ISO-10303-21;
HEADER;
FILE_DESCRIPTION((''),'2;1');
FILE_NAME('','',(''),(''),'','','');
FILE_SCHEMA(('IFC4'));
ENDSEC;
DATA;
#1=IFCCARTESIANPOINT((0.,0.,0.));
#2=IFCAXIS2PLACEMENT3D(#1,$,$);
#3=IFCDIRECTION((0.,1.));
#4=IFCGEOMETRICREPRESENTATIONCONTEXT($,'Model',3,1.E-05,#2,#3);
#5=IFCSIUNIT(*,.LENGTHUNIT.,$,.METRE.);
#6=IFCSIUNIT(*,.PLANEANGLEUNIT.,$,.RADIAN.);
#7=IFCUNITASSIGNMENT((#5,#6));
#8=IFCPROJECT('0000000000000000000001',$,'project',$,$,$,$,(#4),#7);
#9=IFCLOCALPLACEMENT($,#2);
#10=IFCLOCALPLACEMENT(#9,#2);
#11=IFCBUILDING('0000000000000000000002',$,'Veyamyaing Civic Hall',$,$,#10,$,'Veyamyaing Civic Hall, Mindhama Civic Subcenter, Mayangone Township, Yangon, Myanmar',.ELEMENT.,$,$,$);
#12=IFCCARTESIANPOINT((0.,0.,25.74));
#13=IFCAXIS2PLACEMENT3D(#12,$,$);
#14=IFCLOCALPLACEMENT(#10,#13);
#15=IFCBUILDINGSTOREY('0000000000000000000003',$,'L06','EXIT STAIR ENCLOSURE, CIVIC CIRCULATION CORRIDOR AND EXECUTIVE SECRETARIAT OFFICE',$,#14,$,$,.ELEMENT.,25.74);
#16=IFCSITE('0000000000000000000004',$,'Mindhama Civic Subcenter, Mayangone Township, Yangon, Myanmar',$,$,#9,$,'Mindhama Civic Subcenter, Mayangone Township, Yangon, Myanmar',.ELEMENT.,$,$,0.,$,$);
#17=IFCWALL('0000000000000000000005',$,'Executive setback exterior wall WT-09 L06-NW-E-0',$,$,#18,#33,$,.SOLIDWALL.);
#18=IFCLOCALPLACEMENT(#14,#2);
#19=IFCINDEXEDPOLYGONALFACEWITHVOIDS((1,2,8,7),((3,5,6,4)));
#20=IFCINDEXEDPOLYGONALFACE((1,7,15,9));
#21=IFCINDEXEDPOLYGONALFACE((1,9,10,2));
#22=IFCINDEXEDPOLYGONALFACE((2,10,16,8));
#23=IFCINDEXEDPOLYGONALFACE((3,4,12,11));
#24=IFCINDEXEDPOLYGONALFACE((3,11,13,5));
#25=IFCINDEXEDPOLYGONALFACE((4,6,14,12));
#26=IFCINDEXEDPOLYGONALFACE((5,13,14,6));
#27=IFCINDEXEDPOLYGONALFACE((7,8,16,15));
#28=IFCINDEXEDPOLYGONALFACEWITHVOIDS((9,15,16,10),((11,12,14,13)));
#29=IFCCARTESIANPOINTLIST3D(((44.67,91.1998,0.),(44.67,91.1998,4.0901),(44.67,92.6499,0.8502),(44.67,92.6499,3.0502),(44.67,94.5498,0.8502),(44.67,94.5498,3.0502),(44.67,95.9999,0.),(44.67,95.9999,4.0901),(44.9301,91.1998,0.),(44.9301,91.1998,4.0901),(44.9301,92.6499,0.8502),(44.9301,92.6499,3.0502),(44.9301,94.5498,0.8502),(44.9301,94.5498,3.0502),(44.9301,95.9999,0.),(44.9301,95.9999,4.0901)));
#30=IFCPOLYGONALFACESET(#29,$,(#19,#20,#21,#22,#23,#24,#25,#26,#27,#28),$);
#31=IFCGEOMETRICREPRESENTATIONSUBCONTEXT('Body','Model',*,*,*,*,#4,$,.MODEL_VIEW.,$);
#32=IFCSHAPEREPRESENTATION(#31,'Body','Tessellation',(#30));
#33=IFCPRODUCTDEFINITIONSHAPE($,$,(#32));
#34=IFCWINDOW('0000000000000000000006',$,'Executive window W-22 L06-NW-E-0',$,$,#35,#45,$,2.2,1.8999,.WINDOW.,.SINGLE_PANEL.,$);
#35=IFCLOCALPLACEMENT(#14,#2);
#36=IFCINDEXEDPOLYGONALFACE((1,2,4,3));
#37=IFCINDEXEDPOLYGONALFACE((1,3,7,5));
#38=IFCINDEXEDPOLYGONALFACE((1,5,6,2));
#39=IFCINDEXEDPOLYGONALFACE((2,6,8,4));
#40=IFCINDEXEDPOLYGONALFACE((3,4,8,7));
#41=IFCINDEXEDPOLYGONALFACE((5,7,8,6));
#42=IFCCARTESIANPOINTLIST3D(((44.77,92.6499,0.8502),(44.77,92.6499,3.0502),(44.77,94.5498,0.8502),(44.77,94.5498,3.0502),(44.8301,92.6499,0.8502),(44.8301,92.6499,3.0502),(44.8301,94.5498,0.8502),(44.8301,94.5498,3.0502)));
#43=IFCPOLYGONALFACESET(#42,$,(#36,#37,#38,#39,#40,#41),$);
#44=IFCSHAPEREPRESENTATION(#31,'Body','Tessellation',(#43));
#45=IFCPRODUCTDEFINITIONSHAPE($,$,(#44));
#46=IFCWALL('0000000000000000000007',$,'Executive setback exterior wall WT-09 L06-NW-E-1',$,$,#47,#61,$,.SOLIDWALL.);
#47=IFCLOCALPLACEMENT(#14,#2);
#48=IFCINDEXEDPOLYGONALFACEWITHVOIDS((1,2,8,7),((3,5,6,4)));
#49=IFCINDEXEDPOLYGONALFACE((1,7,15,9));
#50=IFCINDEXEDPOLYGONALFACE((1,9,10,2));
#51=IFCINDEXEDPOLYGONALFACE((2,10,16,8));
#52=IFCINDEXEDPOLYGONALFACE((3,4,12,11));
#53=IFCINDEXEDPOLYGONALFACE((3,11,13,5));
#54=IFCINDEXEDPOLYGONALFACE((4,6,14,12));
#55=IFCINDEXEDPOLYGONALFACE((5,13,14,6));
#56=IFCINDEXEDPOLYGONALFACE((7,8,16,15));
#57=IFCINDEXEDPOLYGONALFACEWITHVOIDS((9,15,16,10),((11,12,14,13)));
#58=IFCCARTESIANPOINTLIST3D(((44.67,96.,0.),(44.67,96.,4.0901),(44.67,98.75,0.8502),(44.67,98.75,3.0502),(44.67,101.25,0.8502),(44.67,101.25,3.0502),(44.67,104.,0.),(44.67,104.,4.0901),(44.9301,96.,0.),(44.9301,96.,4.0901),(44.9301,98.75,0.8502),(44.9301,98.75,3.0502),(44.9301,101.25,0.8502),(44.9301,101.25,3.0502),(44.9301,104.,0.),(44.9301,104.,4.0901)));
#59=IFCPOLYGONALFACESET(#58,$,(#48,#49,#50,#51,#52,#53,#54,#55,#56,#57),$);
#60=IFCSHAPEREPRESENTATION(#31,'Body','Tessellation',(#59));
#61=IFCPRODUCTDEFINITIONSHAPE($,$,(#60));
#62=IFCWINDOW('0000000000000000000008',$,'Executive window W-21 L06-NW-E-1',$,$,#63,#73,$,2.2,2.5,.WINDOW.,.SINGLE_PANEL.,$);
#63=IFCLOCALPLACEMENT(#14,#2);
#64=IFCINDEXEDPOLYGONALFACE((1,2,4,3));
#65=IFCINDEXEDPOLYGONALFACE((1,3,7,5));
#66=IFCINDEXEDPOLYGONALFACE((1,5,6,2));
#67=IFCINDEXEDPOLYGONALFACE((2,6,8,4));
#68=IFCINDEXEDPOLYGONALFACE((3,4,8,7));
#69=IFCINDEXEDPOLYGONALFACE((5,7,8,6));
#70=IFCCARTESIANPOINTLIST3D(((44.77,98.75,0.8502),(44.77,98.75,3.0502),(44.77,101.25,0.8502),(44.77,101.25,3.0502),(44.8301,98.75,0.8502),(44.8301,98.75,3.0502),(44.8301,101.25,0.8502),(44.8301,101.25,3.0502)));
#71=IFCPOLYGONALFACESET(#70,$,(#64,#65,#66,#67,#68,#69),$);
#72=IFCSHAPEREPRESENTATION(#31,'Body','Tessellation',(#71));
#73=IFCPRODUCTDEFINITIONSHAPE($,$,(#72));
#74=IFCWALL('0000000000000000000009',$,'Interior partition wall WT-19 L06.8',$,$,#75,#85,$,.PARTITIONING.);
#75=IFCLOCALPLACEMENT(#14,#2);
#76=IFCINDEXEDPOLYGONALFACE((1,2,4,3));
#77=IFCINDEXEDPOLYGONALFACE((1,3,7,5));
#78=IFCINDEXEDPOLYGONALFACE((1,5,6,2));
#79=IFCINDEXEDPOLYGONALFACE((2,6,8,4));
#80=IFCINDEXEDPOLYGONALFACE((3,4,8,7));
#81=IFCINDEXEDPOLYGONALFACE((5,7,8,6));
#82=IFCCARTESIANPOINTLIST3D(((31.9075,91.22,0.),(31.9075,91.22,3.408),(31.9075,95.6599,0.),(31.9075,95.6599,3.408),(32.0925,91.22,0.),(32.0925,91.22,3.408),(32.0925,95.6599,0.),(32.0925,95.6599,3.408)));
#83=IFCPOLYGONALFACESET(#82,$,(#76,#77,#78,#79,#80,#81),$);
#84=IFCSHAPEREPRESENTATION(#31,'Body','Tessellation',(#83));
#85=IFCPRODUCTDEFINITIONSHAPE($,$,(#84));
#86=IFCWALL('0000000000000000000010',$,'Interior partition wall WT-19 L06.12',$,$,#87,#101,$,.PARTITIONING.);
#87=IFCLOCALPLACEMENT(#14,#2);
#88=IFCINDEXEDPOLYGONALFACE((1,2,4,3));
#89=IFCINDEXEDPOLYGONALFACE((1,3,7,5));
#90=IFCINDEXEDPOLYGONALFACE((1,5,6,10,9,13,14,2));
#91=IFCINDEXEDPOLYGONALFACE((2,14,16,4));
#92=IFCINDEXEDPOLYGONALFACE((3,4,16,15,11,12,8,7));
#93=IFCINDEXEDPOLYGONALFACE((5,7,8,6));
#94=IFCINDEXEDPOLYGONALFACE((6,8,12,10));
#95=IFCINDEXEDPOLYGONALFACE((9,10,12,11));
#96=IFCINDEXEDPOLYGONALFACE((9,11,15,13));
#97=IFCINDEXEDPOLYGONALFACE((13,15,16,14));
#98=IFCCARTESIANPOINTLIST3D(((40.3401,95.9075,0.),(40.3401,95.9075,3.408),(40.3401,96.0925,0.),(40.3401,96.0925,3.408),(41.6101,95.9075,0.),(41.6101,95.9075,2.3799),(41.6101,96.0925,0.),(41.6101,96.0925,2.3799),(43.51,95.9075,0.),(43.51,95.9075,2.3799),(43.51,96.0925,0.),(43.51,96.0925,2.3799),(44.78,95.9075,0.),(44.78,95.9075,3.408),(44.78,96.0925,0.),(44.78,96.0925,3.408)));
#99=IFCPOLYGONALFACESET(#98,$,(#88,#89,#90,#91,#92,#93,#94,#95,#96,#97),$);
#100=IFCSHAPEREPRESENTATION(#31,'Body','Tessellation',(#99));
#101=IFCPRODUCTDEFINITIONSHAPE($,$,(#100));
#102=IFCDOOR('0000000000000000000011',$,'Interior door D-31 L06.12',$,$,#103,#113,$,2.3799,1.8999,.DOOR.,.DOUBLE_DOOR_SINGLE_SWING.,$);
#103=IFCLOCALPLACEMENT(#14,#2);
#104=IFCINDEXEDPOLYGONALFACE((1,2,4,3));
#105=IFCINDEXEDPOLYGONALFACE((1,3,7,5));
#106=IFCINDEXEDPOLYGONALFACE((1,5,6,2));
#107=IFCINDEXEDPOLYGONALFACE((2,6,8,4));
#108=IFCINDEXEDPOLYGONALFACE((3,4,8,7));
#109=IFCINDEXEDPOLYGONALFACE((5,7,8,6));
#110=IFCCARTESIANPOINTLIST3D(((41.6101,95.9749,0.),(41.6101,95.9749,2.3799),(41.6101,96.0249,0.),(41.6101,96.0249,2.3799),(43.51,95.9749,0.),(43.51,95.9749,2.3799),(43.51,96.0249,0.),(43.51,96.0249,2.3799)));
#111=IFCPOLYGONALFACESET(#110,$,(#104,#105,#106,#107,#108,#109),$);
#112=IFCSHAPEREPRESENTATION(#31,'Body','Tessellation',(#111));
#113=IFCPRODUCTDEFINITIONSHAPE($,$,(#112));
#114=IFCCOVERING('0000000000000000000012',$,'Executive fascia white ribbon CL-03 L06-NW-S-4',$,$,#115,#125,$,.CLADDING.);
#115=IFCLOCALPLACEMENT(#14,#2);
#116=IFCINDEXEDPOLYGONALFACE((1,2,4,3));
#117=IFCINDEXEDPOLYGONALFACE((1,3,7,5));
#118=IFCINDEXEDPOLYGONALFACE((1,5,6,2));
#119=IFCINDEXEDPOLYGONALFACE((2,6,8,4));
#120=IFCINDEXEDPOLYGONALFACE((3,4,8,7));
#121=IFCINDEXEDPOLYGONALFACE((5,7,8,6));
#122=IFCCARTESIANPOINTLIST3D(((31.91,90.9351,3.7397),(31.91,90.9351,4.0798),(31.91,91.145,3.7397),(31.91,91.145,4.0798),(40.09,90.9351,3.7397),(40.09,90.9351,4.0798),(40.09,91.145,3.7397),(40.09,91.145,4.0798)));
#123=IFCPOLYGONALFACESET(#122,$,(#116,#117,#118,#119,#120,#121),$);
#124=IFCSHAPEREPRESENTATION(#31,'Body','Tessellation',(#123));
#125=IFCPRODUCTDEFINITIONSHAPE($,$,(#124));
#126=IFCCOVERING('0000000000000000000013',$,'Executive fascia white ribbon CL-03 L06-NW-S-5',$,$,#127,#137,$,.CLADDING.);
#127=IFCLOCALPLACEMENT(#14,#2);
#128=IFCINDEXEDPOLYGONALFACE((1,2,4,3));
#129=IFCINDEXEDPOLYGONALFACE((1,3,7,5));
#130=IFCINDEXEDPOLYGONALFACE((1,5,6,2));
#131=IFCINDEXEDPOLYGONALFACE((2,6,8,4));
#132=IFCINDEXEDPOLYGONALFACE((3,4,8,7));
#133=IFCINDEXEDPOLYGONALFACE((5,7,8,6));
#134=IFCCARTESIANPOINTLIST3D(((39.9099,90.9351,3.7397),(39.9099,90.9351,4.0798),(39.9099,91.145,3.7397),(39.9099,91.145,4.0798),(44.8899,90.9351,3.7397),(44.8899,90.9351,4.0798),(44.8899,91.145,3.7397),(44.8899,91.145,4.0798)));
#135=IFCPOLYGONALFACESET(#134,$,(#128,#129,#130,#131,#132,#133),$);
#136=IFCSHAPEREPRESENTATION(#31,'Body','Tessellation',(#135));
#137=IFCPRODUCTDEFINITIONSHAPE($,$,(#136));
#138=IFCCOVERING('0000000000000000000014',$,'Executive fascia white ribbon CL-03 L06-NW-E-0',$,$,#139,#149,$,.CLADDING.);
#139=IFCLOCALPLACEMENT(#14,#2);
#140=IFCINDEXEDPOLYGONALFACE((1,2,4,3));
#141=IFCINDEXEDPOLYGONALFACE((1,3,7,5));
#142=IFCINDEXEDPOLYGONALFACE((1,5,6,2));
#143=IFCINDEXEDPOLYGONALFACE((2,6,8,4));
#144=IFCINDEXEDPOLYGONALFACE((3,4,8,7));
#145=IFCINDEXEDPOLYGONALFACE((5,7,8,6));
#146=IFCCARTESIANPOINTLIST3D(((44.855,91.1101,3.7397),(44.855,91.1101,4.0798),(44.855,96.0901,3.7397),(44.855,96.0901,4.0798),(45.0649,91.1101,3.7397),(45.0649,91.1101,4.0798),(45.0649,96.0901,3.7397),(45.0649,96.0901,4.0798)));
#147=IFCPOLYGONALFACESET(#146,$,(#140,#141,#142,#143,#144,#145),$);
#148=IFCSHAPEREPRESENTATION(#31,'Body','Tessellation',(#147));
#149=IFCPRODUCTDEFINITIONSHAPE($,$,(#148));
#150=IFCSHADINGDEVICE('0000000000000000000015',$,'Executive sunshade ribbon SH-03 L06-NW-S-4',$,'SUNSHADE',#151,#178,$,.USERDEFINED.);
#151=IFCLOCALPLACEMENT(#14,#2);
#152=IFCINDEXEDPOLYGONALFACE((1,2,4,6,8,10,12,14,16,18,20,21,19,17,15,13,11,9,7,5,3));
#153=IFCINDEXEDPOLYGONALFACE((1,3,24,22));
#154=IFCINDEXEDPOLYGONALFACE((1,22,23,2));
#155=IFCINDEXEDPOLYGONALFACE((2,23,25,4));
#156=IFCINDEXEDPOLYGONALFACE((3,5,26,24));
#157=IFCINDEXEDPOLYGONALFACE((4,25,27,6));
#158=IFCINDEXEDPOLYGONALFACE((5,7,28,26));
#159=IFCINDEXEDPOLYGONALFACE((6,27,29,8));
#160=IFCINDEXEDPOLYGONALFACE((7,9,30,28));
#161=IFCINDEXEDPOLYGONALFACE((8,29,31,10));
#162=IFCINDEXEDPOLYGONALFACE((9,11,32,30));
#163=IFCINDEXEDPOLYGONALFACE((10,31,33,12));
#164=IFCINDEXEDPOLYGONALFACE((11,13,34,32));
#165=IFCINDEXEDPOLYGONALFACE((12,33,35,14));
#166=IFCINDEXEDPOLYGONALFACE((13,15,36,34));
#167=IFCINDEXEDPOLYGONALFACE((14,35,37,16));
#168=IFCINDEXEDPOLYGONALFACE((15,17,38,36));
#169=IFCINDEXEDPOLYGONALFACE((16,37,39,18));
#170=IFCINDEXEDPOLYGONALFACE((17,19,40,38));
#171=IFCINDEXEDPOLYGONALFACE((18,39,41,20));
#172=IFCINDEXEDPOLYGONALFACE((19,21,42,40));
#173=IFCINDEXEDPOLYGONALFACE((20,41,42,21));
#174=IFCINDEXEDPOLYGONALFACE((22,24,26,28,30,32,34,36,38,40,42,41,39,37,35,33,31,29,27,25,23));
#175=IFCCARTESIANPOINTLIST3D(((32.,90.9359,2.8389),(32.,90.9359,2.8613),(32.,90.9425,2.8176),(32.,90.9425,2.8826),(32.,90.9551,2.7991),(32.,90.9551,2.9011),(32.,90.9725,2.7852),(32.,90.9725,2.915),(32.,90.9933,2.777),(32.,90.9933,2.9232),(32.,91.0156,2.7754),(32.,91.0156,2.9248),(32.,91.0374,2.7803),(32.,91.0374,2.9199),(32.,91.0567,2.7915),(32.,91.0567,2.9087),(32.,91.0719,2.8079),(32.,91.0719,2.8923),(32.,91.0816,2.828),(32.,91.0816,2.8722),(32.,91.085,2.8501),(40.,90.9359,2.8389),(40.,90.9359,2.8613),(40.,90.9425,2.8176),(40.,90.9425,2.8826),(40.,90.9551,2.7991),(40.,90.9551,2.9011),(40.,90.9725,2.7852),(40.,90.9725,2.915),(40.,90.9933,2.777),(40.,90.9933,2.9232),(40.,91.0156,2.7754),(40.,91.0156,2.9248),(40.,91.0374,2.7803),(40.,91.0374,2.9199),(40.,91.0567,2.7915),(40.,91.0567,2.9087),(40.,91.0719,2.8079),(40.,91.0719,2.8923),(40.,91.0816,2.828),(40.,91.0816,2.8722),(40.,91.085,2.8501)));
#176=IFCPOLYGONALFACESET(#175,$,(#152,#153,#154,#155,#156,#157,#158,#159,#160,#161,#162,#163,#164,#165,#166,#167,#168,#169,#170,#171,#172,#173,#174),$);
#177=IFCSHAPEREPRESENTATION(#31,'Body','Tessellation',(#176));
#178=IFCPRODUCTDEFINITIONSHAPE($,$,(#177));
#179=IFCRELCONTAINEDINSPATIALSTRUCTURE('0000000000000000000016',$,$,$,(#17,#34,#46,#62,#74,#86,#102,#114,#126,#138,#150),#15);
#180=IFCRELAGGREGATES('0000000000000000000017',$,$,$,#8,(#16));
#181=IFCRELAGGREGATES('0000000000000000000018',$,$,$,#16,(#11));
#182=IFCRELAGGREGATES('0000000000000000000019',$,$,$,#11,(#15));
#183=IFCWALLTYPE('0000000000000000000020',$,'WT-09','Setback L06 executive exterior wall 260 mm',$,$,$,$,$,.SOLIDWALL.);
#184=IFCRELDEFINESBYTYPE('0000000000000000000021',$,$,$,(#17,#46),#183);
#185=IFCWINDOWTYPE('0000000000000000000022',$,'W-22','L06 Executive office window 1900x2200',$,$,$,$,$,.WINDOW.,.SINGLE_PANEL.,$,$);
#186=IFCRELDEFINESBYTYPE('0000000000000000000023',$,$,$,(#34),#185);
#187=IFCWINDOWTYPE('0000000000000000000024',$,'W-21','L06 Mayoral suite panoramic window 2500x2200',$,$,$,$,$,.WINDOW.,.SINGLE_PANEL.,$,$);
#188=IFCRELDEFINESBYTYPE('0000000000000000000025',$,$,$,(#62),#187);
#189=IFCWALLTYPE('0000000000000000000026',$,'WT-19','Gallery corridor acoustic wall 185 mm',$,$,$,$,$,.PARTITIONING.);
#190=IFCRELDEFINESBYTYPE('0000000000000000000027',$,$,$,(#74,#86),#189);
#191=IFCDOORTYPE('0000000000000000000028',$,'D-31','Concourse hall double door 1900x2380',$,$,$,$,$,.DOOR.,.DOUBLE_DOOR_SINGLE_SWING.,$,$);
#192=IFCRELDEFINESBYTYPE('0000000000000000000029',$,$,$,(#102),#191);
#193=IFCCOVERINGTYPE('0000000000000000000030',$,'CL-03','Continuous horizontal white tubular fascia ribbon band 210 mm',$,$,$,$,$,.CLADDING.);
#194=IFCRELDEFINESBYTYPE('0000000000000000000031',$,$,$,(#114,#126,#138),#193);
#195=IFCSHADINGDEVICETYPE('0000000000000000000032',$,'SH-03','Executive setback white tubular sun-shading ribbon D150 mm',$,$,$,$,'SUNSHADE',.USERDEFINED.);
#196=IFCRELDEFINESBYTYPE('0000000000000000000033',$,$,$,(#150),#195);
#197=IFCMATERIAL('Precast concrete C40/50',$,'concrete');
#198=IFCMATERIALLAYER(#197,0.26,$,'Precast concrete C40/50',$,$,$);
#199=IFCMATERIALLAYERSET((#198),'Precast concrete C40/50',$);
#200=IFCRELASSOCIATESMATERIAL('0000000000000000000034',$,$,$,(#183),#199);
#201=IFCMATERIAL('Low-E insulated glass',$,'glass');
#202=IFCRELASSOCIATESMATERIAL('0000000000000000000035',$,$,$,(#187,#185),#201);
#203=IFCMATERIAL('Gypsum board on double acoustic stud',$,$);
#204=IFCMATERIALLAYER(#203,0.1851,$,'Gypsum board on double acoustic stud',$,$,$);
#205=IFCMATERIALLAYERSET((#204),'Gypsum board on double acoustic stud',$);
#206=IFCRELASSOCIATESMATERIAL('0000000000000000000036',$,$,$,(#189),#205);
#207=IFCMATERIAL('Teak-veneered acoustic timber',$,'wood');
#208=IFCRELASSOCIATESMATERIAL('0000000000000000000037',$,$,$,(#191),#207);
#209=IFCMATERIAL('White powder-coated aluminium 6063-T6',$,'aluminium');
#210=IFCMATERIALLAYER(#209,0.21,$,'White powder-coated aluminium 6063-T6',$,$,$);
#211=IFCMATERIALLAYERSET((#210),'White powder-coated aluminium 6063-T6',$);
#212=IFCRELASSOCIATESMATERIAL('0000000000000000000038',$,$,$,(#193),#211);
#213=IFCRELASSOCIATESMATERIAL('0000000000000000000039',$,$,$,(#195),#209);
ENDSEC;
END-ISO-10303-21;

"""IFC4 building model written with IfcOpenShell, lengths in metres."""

from ifc_helpers import new_model, si_unit, direction, frame, frame_2d, origin, origin_2d, place, context, subcontext, project, spatial, rectangle, circle, extrude, material, layer, layer_set, material_profile, profile_set, type_object, element, fill, save


model = new_model("IFC4")

# Units and contexts
model_context = context("Model", 3, precision=1e-05, world=origin(), true_north=direction((0.0, 1.0)))
body_context = subcontext(model_context, "Body", "Model", "MODEL_VIEW")
ifc_project = project(units=[si_unit("LENGTHUNIT", "METRE"), si_unit("PLANEANGLEUNIT", "RADIAN")], contexts=[model_context])

# Site, building, storey
site_placement = place(None, origin())
site = spatial("IfcSite", under=ifc_project, at=site_placement, Name="Mindhama Civic Subcenter, Mayangone Township, Yangon, Myanmar", LongName="Mindhama Civic Subcenter, Mayangone Township, Yangon, Myanmar", CompositionType="ELEMENT", RefElevation=0.0)
building_placement = place(site_placement, origin())
building = spatial("IfcBuilding", under=site, at=building_placement, Name="Veyamyaing Civic Hall", LongName="Veyamyaing Civic Hall, Mindhama Civic Subcenter, Mayangone Township, Yangon, Myanmar", CompositionType="ELEMENT")
storey_placement = place(building_placement, frame((0.0, 0.0, 25.74)))
storey = spatial("IfcBuildingStorey", under=building, at=storey_placement, Name="L06", Description="EXIT STAIR ENCLOSURE, CIVIC CIRCULATION CORRIDOR AND EXECUTIVE SECRETARIAT OFFICE", CompositionType="ELEMENT", Elevation=25.74)

# Walls, openings, windows
ifc_material_1 = material(Name="Precast concrete C40/50", Category="concrete")
ifc_layer_1 = layer(ifc_material_1, 0.26, Name="Precast concrete C40/50")
ifc_layer_set_1 = layer_set([ifc_layer_1], Name="Precast concrete C40/50")
wall_type_1 = type_object("IfcWallType", Name="WT-09", Description="Setback L06 executive exterior wall 260 mm", PredefinedType="SOLIDWALL", material=ifc_layer_set_1)
ifc_material_2 = material(Name="Low-E insulated glass", Category="glass")
window_type_1 = type_object("IfcWindowType", Name="W-21", Description="L06 Mayoral suite panoramic window 2500x2200", PartitioningType="SINGLE_PANEL", PredefinedType="WINDOW", material=ifc_material_2)
window_type_2 = type_object("IfcWindowType", Name="W-22", Description="L06 Executive office window 1900x2200", PartitioningType="SINGLE_PANEL", PredefinedType="WINDOW", material=ifc_material_2)
wall_1_placement = place(storey_placement, frame((44.8, 91.2, 0.0), z_axis=(0.0, 0.0, 1.0), x_axis=(0.0, 1.0, 0.0)))
wall_1 = element("IfcWall", 1, at=wall_1_placement, inside=storey, type_object=wall_type_1, Name="Executive setback exterior wall WT-09 L06-NW-E-0", PredefinedType="SOLIDWALL", context=body_context, shape_type="SweptSolid", body=[
    extrude(rectangle(XDim=4.8, YDim=0.26, at=frame_2d((2.3999, 0.0))), origin(), (0.0, 0.0, 1.0), 4.0901),
])
opening_1_placement = place(wall_1_placement, frame((1.45, 0.0, 0.8501)))
opening_1 = element("IfcOpeningElement", 2, at=opening_1_placement, cuts=wall_1, PredefinedType="OPENING", context=body_context, shape_type="SweptSolid", body=[
    extrude(rectangle(XDim=1.8999, YDim=2.2, at=frame_2d((0.95, 1.1001))), frame((0.0, 0.1399, 0.0), z_axis=(0.0, -1.0, 0.0), x_axis=(1.0, 0.0, 0.0)), (0.0, 0.0, 1.0), 0.28),
])
window_1_placement = place(opening_1_placement, origin())
window_1 = element("IfcWindow", 3, at=window_1_placement, inside=storey, type_object=window_type_2, Name="Executive window W-22 L06-NW-E-0", OverallHeight=2.2, OverallWidth=1.8999, PartitioningType="SINGLE_PANEL", PredefinedType="WINDOW", context=body_context, shape_type="SweptSolid", body=[
    extrude(rectangle(XDim=1.8999, YDim=2.2, at=frame_2d((0.95, 1.1001))), frame((0.0, 0.03, 0.0), z_axis=(0.0, -1.0, 0.0), x_axis=(1.0, 0.0, 0.0)), (0.0, 0.0, 1.0), 0.0601),
])
fill(opening_1, window_1)
wall_2_placement = place(storey_placement, frame((44.8, 96.0, 0.0), z_axis=(0.0, 0.0, 1.0), x_axis=(0.0, 1.0, 0.0)))
wall_2 = element("IfcWall", 4, at=wall_2_placement, inside=storey, type_object=wall_type_1, Name="Executive setback exterior wall WT-09 L06-NW-E-1", PredefinedType="SOLIDWALL", context=body_context, shape_type="SweptSolid", body=[
    extrude(rectangle(XDim=8.0, YDim=0.26, at=frame_2d((4.0, 0.0))), origin(), (0.0, 0.0, 1.0), 4.0901),
])
opening_2_placement = place(wall_2_placement, frame((2.75, 0.0, 0.8501)))
opening_2 = element("IfcOpeningElement", 5, at=opening_2_placement, cuts=wall_2, PredefinedType="OPENING", context=body_context, shape_type="SweptSolid", body=[
    extrude(rectangle(XDim=2.5, YDim=2.2, at=frame_2d((1.25, 1.1001))), frame((0.0, 0.1399, 0.0), z_axis=(0.0, -1.0, 0.0), x_axis=(1.0, 0.0, 0.0)), (0.0, 0.0, 1.0), 0.28),
])
window_2_placement = place(opening_2_placement, origin())
window_2 = element("IfcWindow", 6, at=window_2_placement, inside=storey, type_object=window_type_1, Name="Executive window W-21 L06-NW-E-1", OverallHeight=2.2, OverallWidth=2.5, PartitioningType="SINGLE_PANEL", PredefinedType="WINDOW", context=body_context, shape_type="SweptSolid", body=[
    extrude(rectangle(XDim=2.5, YDim=2.2, at=frame_2d((1.25, 1.1001))), frame((0.0, 0.03, 0.0), z_axis=(0.0, -1.0, 0.0), x_axis=(1.0, 0.0, 0.0)), (0.0, 0.0, 1.0), 0.0601),
])
fill(opening_2, window_2)

# Wall
ifc_material_3 = material(Name="Gypsum board on double acoustic stud")
ifc_layer_2 = layer(ifc_material_3, 0.1851, Name="Gypsum board on double acoustic stud")
ifc_layer_set_2 = layer_set([ifc_layer_2], Name="Gypsum board on double acoustic stud")
wall_type_2 = type_object("IfcWallType", Name="WT-19", Description="Gallery corridor acoustic wall 185 mm", PredefinedType="PARTITIONING", material=ifc_layer_set_2)
wall_3_placement = place(storey_placement, frame((32.0, 91.22, 0.0), z_axis=(0.0, 0.0, 1.0), x_axis=(0.0, 1.0, 0.0)))
element("IfcWall", 7, at=wall_3_placement, inside=storey, type_object=wall_type_2, Name="Interior partition wall WT-19 L06.8", PredefinedType="PARTITIONING", context=body_context, shape_type="SweptSolid", body=[
    extrude(rectangle(XDim=4.4399, YDim=0.1851, at=frame_2d((2.22, 0.0))), origin(), (0.0, 0.0, 1.0), 3.408),
])

# Wall, opening, door
wall_4_placement = place(storey_placement, frame((40.3401, 96.0, 0.0), z_axis=(0.0, 0.0, 1.0), x_axis=(1.0, 0.0, 0.0)))
wall_4 = element("IfcWall", 8, at=wall_4_placement, inside=storey, type_object=wall_type_2, Name="Interior partition wall WT-19 L06.12", PredefinedType="PARTITIONING", context=body_context, shape_type="SweptSolid", body=[
    extrude(rectangle(XDim=4.4399, YDim=0.1851, at=frame_2d((2.22, 0.0))), origin(), (0.0, 0.0, 1.0), 3.408),
])
opening_3_placement = place(wall_4_placement, frame((1.27, 0.0, 0.0)))
opening_3 = element("IfcOpeningElement", 9, at=opening_3_placement, cuts=wall_4, PredefinedType="OPENING", context=body_context, shape_type="SweptSolid", body=[
    extrude(rectangle(XDim=1.8999, YDim=2.3799, at=frame_2d((0.95, 1.1899))), frame((0.0, 0.1025, 0.0), z_axis=(0.0, -1.0, 0.0), x_axis=(1.0, 0.0, 0.0)), (0.0, 0.0, 1.0), 0.2051),
])
ifc_material_4 = material(Name="Teak-veneered acoustic timber", Category="wood")
door_type = type_object("IfcDoorType", Name="D-31", Description="Concourse hall double door 1900x2380", OperationType="DOUBLE_DOOR_SINGLE_SWING", PredefinedType="DOOR", material=ifc_material_4)
door_placement = place(opening_3_placement, origin())
door = element("IfcDoor", 10, at=door_placement, inside=storey, type_object=door_type, Name="Interior door D-31 L06.12", OperationType="DOUBLE_DOOR_SINGLE_SWING", OverallHeight=2.3799, OverallWidth=1.8999, PredefinedType="DOOR", context=body_context, shape_type="SweptSolid", body=[
    extrude(rectangle(XDim=1.8999, YDim=2.3799, at=frame_2d((0.95, 1.1899))), frame((0.0, 0.0249, 0.0), z_axis=(0.0, -1.0, 0.0), x_axis=(1.0, 0.0, 0.0)), (0.0, 0.0, 1.0), 0.05),
])
fill(opening_3, door)

# Coverings
ifc_material_5 = material(Name="White powder-coated aluminium 6063-T6", Category="aluminium")
ifc_layer_3 = layer(ifc_material_5, 0.21, Name="White powder-coated aluminium 6063-T6")
ifc_layer_set_3 = layer_set([ifc_layer_3], Name="White powder-coated aluminium 6063-T6")
covering_type = type_object("IfcCoveringType", Name="CL-03", Description="Continuous horizontal white tubular fascia ribbon band 210 mm", PredefinedType="CLADDING", material=ifc_layer_set_3)
covering_placement = place(storey_placement, frame((36.0, 91.04, 3.7397), z_axis=(0.0, 0.0, 1.0), x_axis=(1.0, 0.0, 0.0)))
element("IfcCovering", 11, at=covering_placement, inside=storey, type_object=covering_type, Name="Executive fascia white ribbon CL-03 L06-NW-S-4", PredefinedType="CLADDING", context=body_context, shape_type="SweptSolid", body=[
    extrude(rectangle(XDim=8.1799, YDim=0.21, at=origin_2d()), origin(), (0.0, 0.0, 1.0), 0.3401),
])
for number, where, z_axis, x_axis, name in (
    (12, (42.3999, 91.04, 3.7397), (0.0, 0.0, 1.0), (1.0, 0.0, 0.0), "Executive fascia white ribbon CL-03 L06-NW-S-5"),
    (13, (44.96, 93.6001, 3.7397), (0.0, 0.0, 1.0), (0.0, 1.0, 0.0), "Executive fascia white ribbon CL-03 L06-NW-E-0"),
):
    element("IfcCovering", number, at=place(storey_placement, frame(where, z_axis=z_axis, x_axis=x_axis)), inside=storey, type_object=covering_type, Name=name, PredefinedType="CLADDING", context=body_context, shape_type="SweptSolid", body=[
        extrude(rectangle(XDim=4.98, YDim=0.21, at=origin_2d()), origin(), (0.0, 0.0, 1.0), 0.3401),
    ])

# Shading device
ifc_material_profile_1 = material_profile(ifc_material_5, circle(Radius=0.075, at=origin_2d()), Name="SHADE-TUBE-150")
ifc_profile_set_1 = profile_set([ifc_material_profile_1], Name="White powder-coated aluminium 6063-T6")
shading_device_type = type_object("IfcShadingDeviceType", Name="SH-03", Description="Executive setback white tubular sun-shading ribbon D150 mm", ElementType="SUNSHADE", PredefinedType="USERDEFINED", material=ifc_profile_set_1)
shading_device_placement = place(storey_placement, frame((32.0, 91.01, 2.8501), z_axis=(1.0, 0.0, 0.0), x_axis=(0.0, 1.0, 0.0)))
element("IfcShadingDevice", 14, at=shading_device_placement, inside=storey, type_object=shading_device_type, Name="Executive sunshade ribbon SH-03 L06-NW-S-4", ObjectType="SUNSHADE", PredefinedType="USERDEFINED", context=body_context, shape_type="SweptSolid", body=[
    extrude(circle(Radius=0.075, at=origin_2d()), origin(), (0.0, 0.0, 1.0), 8.0),
])

save(model, "model.ifc")
